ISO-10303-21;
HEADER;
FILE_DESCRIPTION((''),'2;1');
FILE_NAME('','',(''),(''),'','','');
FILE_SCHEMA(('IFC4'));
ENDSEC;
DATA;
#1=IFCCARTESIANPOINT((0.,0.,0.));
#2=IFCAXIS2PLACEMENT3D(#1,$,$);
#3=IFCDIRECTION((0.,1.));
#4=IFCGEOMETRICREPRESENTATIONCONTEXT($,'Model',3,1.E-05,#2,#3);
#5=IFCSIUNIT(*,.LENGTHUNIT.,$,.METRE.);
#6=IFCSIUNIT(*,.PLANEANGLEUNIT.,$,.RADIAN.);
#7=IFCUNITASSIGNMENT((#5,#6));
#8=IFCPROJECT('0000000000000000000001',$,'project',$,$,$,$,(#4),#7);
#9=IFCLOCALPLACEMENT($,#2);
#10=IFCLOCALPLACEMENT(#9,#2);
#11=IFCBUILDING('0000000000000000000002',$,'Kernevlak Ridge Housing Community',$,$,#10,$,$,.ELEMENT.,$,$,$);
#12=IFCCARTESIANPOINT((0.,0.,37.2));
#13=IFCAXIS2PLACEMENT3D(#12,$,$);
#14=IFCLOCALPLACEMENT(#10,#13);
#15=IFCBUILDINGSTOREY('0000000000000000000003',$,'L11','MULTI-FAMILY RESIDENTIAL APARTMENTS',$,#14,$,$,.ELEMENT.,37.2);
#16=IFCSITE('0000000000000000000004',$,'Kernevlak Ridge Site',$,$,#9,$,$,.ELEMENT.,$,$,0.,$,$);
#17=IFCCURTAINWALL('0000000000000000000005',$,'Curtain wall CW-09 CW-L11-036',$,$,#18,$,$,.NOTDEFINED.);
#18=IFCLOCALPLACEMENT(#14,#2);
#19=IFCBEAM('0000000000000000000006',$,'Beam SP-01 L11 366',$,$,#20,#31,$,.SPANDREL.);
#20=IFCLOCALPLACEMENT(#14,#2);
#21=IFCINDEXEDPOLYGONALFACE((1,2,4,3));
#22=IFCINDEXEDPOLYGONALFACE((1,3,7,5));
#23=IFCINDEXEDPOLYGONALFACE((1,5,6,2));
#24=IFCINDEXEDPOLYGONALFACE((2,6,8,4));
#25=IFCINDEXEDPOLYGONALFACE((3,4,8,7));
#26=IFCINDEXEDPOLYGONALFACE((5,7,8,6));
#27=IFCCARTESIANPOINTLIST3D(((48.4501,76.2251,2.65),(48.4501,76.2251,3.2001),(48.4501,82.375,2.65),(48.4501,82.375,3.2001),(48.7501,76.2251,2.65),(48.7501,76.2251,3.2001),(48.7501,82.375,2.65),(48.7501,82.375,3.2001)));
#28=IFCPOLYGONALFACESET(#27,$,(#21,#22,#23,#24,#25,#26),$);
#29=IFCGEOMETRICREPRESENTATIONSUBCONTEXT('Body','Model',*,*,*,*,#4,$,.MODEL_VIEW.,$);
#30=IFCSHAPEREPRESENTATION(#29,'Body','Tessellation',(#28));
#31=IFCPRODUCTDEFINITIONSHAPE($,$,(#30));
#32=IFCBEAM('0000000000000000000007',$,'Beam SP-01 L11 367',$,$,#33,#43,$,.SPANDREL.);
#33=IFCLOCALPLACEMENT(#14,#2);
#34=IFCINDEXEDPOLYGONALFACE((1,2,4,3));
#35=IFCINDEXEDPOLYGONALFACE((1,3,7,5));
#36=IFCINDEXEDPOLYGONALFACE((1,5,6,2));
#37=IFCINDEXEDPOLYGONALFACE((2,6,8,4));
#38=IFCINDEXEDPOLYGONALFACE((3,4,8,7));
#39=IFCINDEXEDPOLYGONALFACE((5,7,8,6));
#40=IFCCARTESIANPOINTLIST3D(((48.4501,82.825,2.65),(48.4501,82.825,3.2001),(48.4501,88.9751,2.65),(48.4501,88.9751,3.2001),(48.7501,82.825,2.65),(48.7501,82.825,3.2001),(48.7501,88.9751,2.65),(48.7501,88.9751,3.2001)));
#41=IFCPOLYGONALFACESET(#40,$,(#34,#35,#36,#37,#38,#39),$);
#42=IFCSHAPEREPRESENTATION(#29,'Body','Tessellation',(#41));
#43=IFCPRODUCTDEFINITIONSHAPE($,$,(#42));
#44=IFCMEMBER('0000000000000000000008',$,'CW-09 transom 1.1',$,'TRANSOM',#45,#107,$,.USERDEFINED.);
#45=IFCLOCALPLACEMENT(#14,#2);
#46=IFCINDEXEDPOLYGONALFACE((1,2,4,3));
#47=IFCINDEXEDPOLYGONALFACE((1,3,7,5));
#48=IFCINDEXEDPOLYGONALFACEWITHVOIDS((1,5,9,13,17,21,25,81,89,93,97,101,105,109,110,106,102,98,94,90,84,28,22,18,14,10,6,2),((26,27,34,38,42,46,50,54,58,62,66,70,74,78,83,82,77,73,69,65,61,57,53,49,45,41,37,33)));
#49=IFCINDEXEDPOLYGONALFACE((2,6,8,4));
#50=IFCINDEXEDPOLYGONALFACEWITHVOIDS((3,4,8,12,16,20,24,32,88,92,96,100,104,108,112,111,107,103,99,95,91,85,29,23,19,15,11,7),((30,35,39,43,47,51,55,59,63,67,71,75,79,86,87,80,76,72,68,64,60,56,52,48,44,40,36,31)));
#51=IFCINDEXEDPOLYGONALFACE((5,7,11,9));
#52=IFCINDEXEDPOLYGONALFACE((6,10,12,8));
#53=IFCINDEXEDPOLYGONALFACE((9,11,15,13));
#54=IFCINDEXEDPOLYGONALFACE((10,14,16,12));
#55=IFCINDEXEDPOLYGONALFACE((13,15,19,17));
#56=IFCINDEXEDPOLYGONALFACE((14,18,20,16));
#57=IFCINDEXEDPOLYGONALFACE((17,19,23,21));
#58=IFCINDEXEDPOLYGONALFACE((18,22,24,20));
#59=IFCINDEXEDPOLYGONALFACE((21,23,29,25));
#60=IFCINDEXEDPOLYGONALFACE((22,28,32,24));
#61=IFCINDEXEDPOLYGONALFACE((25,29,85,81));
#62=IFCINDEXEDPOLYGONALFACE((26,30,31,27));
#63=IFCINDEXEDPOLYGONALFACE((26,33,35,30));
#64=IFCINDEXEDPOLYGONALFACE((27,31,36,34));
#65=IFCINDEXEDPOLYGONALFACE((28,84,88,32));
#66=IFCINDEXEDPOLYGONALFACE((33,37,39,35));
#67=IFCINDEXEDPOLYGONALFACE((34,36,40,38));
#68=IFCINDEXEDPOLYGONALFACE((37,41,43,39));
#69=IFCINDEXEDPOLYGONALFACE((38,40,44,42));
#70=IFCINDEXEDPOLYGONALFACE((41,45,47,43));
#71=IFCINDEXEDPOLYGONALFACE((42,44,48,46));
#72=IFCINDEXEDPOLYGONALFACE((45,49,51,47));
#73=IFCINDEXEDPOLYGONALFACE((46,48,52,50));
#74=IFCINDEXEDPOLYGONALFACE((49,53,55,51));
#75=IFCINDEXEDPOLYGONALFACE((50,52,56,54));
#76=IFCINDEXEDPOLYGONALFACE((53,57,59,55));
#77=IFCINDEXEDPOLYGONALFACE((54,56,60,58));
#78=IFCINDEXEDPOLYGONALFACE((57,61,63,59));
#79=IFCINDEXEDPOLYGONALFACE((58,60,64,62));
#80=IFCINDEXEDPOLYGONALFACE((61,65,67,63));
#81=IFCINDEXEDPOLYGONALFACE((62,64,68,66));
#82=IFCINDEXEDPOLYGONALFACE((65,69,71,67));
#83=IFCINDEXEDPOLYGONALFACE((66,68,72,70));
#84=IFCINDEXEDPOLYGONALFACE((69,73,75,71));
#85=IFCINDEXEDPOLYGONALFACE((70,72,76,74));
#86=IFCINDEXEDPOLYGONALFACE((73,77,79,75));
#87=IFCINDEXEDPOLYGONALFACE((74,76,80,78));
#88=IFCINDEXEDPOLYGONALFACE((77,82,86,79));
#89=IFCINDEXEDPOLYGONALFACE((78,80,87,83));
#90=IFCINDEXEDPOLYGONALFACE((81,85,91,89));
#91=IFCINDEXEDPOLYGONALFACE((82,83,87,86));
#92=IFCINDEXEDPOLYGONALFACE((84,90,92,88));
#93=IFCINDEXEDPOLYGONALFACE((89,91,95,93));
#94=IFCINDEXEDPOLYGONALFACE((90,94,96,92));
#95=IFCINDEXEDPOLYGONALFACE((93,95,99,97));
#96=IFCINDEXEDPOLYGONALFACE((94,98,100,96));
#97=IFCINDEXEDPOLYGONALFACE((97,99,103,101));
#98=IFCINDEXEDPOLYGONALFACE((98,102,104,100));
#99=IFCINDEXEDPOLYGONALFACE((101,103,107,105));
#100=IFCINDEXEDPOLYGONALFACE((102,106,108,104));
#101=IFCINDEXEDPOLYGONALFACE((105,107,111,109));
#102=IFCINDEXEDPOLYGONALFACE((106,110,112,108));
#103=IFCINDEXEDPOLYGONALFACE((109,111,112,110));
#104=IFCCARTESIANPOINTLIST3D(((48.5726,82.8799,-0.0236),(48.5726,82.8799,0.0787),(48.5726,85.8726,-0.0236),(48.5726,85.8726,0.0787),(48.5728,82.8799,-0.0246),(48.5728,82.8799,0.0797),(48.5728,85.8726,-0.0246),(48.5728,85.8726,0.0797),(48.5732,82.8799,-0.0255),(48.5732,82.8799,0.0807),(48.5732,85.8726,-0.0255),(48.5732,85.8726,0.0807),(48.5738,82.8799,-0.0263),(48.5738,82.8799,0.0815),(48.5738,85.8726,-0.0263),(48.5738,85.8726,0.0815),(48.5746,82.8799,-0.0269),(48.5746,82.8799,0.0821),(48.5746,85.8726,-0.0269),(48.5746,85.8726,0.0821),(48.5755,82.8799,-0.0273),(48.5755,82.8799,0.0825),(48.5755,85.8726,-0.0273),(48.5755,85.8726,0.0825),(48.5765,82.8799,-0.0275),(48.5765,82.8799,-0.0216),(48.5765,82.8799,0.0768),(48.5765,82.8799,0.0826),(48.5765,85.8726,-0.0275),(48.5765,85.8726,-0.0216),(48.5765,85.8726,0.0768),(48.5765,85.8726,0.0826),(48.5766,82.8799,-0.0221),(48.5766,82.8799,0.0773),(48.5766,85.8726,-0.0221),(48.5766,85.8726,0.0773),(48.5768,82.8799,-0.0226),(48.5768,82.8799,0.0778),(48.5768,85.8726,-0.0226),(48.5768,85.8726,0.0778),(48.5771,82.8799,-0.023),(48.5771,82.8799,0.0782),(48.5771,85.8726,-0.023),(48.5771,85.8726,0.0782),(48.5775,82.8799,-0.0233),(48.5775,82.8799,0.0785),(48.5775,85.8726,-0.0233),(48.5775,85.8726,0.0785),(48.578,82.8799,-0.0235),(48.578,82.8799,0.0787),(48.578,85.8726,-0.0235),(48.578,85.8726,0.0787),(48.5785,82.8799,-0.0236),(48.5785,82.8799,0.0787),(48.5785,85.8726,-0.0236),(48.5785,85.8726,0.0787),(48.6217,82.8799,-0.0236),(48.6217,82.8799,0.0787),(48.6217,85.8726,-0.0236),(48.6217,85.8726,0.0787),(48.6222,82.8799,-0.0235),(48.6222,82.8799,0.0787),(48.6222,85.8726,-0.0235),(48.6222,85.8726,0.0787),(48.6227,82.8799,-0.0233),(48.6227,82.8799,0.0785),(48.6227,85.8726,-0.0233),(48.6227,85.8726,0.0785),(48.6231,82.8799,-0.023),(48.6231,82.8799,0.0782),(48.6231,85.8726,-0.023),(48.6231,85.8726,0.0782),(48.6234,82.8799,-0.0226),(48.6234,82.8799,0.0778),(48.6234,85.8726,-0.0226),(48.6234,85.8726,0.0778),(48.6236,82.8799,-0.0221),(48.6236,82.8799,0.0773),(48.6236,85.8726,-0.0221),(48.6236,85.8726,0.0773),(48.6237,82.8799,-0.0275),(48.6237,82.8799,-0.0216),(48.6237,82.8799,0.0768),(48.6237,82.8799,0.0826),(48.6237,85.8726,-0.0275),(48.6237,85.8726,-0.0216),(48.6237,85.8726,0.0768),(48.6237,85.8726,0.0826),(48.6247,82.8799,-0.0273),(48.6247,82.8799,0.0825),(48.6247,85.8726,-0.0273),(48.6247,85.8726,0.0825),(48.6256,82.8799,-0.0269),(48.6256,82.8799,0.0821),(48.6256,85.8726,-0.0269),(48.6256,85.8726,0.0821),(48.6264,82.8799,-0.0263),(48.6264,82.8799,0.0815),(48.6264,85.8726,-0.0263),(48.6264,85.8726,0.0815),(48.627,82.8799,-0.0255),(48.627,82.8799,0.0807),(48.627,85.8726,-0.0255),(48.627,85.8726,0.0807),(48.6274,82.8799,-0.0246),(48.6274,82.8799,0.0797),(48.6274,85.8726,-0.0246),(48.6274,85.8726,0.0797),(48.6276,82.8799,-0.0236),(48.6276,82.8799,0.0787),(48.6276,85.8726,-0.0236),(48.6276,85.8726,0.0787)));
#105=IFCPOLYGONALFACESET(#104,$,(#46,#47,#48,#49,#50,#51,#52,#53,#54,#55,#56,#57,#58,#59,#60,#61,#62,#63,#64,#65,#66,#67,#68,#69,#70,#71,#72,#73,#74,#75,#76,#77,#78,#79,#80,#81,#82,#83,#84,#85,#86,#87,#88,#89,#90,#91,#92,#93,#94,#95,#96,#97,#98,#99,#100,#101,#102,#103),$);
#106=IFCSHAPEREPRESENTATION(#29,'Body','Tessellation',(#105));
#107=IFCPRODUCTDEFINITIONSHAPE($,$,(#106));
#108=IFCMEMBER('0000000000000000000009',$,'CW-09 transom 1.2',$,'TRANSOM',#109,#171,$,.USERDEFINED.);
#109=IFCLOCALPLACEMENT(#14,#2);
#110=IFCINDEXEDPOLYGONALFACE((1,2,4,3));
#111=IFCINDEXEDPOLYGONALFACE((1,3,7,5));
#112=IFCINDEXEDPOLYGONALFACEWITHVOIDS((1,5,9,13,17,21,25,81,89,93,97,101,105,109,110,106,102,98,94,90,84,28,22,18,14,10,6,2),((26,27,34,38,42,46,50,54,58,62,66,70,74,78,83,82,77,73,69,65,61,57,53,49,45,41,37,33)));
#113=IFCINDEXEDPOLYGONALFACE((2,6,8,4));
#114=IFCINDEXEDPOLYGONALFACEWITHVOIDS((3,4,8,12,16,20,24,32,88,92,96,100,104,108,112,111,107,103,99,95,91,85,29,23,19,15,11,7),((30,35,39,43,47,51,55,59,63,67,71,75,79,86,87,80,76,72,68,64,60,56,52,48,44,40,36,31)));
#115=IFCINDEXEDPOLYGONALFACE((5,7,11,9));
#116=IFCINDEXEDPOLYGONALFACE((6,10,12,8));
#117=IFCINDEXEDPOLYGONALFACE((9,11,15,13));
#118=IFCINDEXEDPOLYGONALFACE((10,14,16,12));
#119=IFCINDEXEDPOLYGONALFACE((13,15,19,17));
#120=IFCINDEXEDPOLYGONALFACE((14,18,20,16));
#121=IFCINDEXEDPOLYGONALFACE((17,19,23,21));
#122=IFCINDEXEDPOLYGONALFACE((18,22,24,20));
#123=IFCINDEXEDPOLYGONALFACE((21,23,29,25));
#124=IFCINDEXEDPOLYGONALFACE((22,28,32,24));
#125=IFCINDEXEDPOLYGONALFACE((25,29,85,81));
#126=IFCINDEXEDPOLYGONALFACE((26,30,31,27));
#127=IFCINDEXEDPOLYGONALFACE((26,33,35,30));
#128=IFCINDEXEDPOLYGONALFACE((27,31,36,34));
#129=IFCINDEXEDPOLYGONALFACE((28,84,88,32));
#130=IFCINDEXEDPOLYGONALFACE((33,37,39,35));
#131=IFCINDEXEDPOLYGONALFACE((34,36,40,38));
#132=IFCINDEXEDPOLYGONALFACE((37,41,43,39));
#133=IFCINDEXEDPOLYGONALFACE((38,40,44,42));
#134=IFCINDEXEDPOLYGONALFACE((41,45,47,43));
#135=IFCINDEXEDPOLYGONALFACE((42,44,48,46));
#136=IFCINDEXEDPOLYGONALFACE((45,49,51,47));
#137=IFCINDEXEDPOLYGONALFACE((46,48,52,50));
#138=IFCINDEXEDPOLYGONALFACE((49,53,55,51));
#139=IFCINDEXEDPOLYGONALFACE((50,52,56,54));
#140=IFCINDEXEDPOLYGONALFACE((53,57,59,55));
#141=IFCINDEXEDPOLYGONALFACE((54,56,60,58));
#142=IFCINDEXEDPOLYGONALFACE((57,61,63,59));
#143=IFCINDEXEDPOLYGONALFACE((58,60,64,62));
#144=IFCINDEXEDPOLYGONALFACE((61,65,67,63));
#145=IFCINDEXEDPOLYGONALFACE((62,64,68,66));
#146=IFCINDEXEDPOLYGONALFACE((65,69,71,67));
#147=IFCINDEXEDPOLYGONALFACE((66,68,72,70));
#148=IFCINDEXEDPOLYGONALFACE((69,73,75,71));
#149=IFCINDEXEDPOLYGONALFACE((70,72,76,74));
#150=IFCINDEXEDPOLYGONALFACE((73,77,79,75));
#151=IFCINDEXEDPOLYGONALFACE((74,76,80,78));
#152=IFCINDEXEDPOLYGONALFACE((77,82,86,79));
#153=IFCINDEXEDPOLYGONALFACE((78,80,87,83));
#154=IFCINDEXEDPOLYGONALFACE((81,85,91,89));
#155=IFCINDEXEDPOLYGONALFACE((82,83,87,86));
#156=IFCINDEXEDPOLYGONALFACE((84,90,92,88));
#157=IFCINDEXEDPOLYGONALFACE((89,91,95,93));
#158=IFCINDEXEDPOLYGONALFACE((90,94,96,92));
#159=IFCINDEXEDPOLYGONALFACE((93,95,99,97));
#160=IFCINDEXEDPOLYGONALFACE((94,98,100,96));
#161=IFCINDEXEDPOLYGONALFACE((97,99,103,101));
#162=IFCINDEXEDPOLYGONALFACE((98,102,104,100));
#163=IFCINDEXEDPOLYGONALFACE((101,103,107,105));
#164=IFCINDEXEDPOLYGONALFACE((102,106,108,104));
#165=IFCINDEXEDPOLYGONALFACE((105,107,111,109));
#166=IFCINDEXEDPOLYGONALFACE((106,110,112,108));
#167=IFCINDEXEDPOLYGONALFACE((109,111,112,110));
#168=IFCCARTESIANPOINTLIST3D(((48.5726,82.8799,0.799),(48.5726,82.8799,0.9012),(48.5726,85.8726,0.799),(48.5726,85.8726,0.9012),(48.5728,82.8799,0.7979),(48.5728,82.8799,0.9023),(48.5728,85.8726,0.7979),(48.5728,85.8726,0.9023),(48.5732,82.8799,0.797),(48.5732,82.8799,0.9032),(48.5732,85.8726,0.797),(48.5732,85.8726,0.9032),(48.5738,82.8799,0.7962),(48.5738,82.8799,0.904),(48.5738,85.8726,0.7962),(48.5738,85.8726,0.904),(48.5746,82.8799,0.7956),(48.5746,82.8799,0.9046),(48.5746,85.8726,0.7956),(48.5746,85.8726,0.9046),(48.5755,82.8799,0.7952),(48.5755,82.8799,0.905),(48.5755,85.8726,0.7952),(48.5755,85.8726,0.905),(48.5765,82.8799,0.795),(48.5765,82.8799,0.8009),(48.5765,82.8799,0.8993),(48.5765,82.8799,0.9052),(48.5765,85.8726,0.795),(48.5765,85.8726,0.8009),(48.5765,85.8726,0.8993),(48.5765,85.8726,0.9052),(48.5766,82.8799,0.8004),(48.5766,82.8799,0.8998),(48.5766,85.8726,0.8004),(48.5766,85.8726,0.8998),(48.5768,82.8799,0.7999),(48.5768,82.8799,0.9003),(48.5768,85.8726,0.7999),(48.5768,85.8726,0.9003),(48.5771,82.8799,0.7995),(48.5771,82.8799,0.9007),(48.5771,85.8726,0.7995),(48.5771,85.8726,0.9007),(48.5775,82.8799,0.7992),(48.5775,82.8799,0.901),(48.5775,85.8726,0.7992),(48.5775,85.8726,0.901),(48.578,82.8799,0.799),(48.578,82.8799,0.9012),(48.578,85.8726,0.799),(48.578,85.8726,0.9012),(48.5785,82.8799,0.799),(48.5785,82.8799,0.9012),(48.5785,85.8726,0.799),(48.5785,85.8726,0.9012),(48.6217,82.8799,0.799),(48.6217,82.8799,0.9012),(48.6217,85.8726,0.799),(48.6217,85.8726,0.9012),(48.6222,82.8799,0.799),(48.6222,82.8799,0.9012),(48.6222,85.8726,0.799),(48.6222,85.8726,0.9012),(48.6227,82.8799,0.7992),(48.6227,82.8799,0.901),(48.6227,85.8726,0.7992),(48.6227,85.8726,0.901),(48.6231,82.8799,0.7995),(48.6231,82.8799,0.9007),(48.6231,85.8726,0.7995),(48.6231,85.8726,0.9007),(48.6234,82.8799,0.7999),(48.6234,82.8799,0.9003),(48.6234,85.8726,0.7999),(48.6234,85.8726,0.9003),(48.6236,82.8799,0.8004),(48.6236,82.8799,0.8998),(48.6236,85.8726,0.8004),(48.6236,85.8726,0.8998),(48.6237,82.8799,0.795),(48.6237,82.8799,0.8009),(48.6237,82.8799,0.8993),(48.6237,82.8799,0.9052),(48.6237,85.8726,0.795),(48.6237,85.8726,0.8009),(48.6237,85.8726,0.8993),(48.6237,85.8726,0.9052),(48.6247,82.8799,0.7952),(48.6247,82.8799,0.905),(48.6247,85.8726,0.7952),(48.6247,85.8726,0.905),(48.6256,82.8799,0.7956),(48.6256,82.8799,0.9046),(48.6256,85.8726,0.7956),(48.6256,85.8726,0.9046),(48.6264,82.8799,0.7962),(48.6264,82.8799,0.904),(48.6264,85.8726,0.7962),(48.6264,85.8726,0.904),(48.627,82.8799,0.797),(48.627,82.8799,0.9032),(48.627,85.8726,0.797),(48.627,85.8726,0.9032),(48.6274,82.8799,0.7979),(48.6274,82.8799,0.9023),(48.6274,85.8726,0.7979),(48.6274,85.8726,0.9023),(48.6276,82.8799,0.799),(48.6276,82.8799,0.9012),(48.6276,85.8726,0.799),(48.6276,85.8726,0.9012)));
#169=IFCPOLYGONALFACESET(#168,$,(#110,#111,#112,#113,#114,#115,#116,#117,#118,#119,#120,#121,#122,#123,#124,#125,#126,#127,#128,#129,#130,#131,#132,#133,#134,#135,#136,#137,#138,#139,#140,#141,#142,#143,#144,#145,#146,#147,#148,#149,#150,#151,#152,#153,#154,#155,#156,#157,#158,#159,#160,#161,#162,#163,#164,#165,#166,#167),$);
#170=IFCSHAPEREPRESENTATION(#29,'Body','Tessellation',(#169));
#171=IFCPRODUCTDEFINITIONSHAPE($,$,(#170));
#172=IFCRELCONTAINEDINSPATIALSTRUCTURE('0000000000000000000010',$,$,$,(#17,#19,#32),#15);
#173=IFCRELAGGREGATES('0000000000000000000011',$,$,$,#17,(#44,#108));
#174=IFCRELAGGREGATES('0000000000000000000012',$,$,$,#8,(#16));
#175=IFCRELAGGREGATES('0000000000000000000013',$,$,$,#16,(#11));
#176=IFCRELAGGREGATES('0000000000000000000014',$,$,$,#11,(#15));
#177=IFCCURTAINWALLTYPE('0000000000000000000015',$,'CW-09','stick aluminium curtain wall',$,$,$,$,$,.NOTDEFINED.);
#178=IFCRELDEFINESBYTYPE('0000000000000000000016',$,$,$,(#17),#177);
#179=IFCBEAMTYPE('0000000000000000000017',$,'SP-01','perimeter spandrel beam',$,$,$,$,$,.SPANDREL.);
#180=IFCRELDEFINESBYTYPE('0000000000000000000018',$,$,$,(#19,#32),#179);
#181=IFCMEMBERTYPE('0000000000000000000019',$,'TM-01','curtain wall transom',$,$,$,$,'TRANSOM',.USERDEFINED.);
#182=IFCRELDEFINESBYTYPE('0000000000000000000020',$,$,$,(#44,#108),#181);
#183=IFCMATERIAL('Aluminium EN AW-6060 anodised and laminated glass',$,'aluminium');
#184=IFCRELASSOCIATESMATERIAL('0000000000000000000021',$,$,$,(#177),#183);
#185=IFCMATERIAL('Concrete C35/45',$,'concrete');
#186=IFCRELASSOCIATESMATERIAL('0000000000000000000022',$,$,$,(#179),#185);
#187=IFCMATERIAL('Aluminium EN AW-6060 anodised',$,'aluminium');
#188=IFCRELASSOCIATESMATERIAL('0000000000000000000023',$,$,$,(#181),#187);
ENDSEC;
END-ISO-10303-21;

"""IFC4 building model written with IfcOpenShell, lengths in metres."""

from ifc_helpers import new_model, si_unit, direction, frame, origin, origin_2d, place, context, subcontext, project, spatial, rectangle, hollow_rectangle, extrude, material, material_profile, profile_set, type_object, element, aggregate, save


model = new_model("IFC4")

# Units and contexts
model_context = context("Model", 3, precision=1e-05, world=origin(), true_north=direction((0.0, 1.0)))
body_context = subcontext(model_context, "Body", "Model", "MODEL_VIEW")
ifc_project = project(units=[si_unit("LENGTHUNIT", "METRE"), si_unit("PLANEANGLEUNIT", "RADIAN")], contexts=[model_context])

# Site, building, storey
site_placement = place(None, origin())
site = spatial("IfcSite", under=ifc_project, at=site_placement, Name="Kernevlak Ridge Site", CompositionType="ELEMENT", RefElevation=0.0)
building_placement = place(site_placement, origin())
building = spatial("IfcBuilding", under=site, at=building_placement, Name="Kernevlak Ridge Housing Community", CompositionType="ELEMENT")
storey_placement = place(building_placement, frame((0.0, 0.0, 37.2)))
storey = spatial("IfcBuildingStorey", under=building, at=storey_placement, Name="L11", Description="MULTI-FAMILY RESIDENTIAL APARTMENTS", CompositionType="ELEMENT", Elevation=37.2)

# Shared definitions
ifc_material_1 = material(Name="Concrete C35/45", Category="concrete")

# Curtain wall
ifc_material_2 = material(Name="Aluminium EN AW-6060 anodised and laminated glass", Category="aluminium")
curtain_wall_type = type_object("IfcCurtainWallType", Name="CW-09", Description="stick aluminium curtain wall", PredefinedType="NOTDEFINED", material=ifc_material_2)
curtain_wall_placement = place(storey_placement, origin())
curtain_wall = element("IfcCurtainWall", 1, at=curtain_wall_placement, inside=storey, type_object=curtain_wall_type, Name="Curtain wall CW-09 CW-L11-036", PredefinedType="NOTDEFINED")
ifc_material_3 = material(Name="Aluminium EN AW-6060 anodised", Category="aluminium")

# Beams
ifc_material_profile_1 = material_profile(ifc_material_1, rectangle(XDim=0.3, YDim=0.55, at=origin_2d()), Name="RC 300x550")
ifc_profile_set_1 = profile_set([ifc_material_profile_1], Name="Concrete C35/45")
beam_type_1 = type_object("IfcBeamType", Name="SP-01", Description="perimeter spandrel beam", PredefinedType="SPANDREL", material=ifc_profile_set_1)
for number, where, z_axis, x_axis, name in (
    (2, (48.6001, 76.2251, 2.925), (0.0, 1.0, 0.0), (-1.0, 0.0, 0.0), "Beam SP-01 L11 366"),
):
    element("IfcBeam", number, at=place(storey_placement, frame(where, z_axis=z_axis, x_axis=x_axis)), inside=storey, type_object=beam_type_1, Name=name, PredefinedType="SPANDREL", context=body_context, shape_type="SweptSolid", body=[
        extrude(rectangle(XDim=0.3, YDim=0.55, at=origin_2d()), origin(), (0.0, 0.0, 1.0), 6.1499),
    ])
beam_1_placement = place(storey_placement, frame((48.6001, 82.825, 2.925), z_axis=(0.0, 1.0, 0.0), x_axis=(-1.0, 0.0, 0.0)))
element("IfcBeam", 3, at=beam_1_placement, inside=storey, type_object=beam_type_1, Name="Beam SP-01 L11 367", PredefinedType="SPANDREL", context=body_context, shape_type="SweptSolid", body=[
    extrude(rectangle(XDim=0.3, YDim=0.55, at=origin_2d()), origin(), (0.0, 0.0, 1.0), 6.1501),
])

# Members
ifc_material_profile_2 = material_profile(ifc_material_3, hollow_rectangle(XDim=0.0549, YDim=0.1101, WallThickness=0.0039, InnerFilletRadius=0.002, OuterFilletRadius=0.0039, at=origin_2d()), Name="ALU 55x110x4")
ifc_profile_set_2 = profile_set([ifc_material_profile_2], Name="Aluminium EN AW-6060 anodised")
member_type_1 = type_object("IfcMemberType", Name="TM-01", Description="curtain wall transom", ElementType="TRANSOM", PredefinedType="USERDEFINED", material=ifc_profile_set_2)
member_1_placement = place(storey_placement, frame((48.6001, 82.8799, 0.0276), z_axis=(0.0, 1.0, 0.0), x_axis=(-1.0, 0.0, 0.0)))
member_1 = element("IfcMember", 4, at=member_1_placement, type_object=member_type_1, Name="CW-09 transom 1.1", ObjectType="TRANSOM", PredefinedType="USERDEFINED", context=body_context, shape_type="SweptSolid", body=[
    extrude(hollow_rectangle(XDim=0.0549, YDim=0.1101, WallThickness=0.0039, InnerFilletRadius=0.002, OuterFilletRadius=0.0039, at=origin_2d()), origin(), (0.0, 0.0, 1.0), 2.9927),
])
member_2_placement = place(storey_placement, frame((48.6001, 82.8799, 0.8501), z_axis=(0.0, 1.0, 0.0), x_axis=(-1.0, 0.0, 0.0)))
member_2 = element("IfcMember", 5, at=member_2_placement, type_object=member_type_1, Name="CW-09 transom 1.2", ObjectType="TRANSOM", PredefinedType="USERDEFINED", context=body_context, shape_type="SweptSolid", body=[
    extrude(hollow_rectangle(XDim=0.0549, YDim=0.1101, WallThickness=0.0039, InnerFilletRadius=0.002, OuterFilletRadius=0.0039, at=origin_2d()), origin(), (0.0, 0.0, 1.0), 2.9927),
])

aggregate(curtain_wall, [member_1, member_2])

save(model, "model.ifc")
